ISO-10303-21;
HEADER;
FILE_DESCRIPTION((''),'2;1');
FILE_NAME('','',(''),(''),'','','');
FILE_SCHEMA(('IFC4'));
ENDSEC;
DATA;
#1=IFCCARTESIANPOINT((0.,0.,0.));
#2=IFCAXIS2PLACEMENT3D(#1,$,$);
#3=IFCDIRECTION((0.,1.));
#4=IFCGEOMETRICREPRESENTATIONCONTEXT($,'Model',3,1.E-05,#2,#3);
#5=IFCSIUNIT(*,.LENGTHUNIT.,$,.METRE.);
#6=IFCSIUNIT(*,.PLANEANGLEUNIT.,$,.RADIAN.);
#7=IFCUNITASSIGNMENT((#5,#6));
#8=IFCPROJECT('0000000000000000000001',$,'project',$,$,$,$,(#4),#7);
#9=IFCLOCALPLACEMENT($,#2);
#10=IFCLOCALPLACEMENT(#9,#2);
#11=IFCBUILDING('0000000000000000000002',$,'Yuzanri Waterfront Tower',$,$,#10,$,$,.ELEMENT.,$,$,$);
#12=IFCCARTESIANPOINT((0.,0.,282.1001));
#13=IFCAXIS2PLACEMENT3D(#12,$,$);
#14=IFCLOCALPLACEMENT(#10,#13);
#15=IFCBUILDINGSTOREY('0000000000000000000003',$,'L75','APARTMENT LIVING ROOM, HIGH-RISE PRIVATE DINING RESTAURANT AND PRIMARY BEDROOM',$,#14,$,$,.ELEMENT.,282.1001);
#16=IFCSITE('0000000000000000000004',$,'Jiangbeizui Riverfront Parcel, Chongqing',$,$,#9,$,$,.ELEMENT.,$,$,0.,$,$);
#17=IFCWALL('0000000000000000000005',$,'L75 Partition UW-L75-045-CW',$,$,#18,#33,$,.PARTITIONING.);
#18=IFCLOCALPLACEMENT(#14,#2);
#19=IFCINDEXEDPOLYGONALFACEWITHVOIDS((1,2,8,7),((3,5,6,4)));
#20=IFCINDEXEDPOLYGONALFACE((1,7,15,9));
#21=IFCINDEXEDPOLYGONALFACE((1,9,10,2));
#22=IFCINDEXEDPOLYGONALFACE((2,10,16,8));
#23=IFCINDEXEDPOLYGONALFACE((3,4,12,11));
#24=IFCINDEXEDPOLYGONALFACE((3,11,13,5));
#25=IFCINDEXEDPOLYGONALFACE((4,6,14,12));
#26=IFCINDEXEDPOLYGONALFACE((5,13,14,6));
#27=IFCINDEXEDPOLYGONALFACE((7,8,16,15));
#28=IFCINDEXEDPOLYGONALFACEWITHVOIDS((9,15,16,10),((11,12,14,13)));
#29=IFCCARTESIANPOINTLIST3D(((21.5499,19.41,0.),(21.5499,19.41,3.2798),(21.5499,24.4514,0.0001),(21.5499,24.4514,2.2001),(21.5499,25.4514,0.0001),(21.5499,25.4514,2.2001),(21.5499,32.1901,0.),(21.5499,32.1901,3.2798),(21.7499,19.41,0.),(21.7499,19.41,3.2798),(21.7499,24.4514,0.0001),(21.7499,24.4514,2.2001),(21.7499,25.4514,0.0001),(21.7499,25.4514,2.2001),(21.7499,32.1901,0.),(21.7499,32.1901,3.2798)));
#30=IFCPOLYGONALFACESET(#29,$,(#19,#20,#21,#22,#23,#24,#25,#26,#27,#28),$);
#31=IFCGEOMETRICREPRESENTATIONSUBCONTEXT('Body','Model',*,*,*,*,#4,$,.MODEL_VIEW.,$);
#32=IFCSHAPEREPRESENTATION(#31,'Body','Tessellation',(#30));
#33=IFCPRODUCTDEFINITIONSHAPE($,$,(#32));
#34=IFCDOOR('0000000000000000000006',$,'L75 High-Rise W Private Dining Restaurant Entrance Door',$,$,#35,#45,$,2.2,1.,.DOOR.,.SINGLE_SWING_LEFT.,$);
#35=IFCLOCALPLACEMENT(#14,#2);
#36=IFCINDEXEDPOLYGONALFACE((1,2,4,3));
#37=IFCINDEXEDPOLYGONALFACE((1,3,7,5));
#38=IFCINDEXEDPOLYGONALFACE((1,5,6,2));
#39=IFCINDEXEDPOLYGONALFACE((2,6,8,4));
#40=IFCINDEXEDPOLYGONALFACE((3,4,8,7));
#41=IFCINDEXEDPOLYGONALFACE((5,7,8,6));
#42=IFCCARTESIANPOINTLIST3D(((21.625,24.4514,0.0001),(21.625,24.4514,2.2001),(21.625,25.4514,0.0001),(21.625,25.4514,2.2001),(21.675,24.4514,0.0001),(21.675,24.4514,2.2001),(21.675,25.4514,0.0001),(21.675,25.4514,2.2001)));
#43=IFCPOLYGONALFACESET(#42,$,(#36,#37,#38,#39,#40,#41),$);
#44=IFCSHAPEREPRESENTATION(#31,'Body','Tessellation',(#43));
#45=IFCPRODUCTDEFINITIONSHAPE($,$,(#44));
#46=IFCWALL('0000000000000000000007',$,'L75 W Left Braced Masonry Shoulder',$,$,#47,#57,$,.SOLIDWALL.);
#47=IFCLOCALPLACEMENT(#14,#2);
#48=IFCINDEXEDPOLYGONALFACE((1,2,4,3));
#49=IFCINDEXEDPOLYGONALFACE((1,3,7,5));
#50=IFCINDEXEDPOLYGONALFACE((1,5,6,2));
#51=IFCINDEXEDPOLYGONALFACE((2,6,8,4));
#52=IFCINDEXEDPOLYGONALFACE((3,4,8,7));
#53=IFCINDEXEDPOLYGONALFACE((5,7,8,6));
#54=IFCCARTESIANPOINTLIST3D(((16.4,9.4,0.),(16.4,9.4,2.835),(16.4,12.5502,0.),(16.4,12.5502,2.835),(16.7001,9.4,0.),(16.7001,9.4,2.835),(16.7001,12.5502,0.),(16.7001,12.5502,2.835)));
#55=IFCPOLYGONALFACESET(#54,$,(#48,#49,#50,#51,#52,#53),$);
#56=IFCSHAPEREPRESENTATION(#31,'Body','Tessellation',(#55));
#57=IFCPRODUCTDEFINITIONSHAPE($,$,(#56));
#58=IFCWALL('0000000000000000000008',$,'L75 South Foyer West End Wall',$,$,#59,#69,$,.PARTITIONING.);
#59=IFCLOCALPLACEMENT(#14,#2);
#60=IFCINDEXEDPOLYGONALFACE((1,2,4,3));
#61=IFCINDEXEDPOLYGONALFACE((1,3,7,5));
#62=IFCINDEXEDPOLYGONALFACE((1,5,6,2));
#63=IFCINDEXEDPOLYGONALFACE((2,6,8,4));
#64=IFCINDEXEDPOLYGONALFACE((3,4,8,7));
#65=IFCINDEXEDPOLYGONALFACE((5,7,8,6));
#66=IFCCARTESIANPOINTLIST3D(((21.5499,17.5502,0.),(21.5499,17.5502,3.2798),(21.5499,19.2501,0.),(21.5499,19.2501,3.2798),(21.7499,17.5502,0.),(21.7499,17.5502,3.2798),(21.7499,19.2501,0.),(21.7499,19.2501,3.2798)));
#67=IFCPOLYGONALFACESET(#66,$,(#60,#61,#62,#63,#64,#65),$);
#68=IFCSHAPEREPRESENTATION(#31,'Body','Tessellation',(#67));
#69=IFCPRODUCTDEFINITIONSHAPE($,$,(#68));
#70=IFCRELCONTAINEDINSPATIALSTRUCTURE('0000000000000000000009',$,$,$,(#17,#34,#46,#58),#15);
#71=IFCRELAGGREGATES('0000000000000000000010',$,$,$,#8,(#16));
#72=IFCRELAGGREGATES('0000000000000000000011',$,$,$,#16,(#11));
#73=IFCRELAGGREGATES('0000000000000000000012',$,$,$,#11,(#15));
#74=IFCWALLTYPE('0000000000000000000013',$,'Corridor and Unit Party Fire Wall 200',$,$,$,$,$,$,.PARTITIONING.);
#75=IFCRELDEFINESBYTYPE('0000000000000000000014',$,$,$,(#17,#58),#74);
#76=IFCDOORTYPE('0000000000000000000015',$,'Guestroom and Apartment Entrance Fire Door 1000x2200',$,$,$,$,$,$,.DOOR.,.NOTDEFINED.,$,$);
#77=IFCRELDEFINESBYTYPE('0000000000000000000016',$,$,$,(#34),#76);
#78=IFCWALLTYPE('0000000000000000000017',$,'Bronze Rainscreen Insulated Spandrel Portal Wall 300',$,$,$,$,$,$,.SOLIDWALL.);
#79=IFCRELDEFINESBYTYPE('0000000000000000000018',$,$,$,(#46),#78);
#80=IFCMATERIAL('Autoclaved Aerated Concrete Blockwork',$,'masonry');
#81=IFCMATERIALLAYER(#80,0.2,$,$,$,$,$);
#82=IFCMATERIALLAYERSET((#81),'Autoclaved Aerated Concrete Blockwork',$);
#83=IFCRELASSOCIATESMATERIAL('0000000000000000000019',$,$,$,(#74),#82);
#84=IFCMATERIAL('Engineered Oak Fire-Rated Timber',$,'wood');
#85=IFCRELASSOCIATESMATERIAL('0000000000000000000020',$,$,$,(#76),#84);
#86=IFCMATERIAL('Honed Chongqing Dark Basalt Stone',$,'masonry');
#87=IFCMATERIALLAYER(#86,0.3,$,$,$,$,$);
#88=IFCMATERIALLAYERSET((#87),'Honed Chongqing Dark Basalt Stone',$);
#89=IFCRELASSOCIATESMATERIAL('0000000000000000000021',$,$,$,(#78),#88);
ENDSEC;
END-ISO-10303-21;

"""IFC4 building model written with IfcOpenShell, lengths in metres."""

from ifc_helpers import new_model, si_unit, direction, frame, frame_2d, origin, place, context, subcontext, project, spatial, rectangle, extrude, source, transform, mapped, material, layer, layer_set, type_object, element, fill, save


model = new_model("IFC4")

# Units and contexts
model_context = context("Model", 3, precision=1e-05, world=origin(), true_north=direction((0.0, 1.0)))
body_context = subcontext(model_context, "Body", "Model", "MODEL_VIEW")
ifc_project = project(units=[si_unit("LENGTHUNIT", "METRE"), si_unit("PLANEANGLEUNIT", "RADIAN")], contexts=[model_context])

# Site, building, storey
site_placement = place(None, origin())
site = spatial("IfcSite", under=ifc_project, at=site_placement, Name="Jiangbeizui Riverfront Parcel, Chongqing", CompositionType="ELEMENT", RefElevation=0.0)
building_placement = place(site_placement, origin())
building = spatial("IfcBuilding", under=site, at=building_placement, Name="Yuzanri Waterfront Tower", CompositionType="ELEMENT")
storey_placement = place(building_placement, frame((0.0, 0.0, 282.1001)))
storey = spatial("IfcBuildingStorey", under=building, at=storey_placement, Name="L75", Description="APARTMENT LIVING ROOM, HIGH-RISE PRIVATE DINING RESTAURANT AND PRIMARY BEDROOM", CompositionType="ELEMENT", Elevation=282.1001)

# Wall, opening, door
ifc_material_1 = material(Name="Autoclaved Aerated Concrete Blockwork", Category="masonry")
ifc_layer_1 = layer(ifc_material_1, 0.2)
ifc_layer_set_1 = layer_set([ifc_layer_1], Name="Autoclaved Aerated Concrete Blockwork")
wall_type_1 = type_object("IfcWallType", Name="Corridor and Unit Party Fire Wall 200", PredefinedType="PARTITIONING", material=ifc_layer_set_1)
ifc_material_2 = material(Name="Engineered Oak Fire-Rated Timber", Category="wood")
door_type_1 = type_object("IfcDoorType", Name="Guestroom and Apartment Entrance Fire Door 1000x2200", OperationType="NOTDEFINED", PredefinedType="DOOR", material=ifc_material_2)
shared_shape_1 = source(origin(), body_context, "Body", "SweptSolid", [
    extrude(rectangle(XDim=1.0, YDim=2.2, at=frame_2d((0.5, 1.1001))), frame((0.0, 0.0249, 0.0), z_axis=(0.0, -1.0, 0.0), x_axis=(1.0, 0.0, 0.0)), (0.0, 0.0, 1.0), 0.05),
])
wall_1_placement = place(storey_placement, frame((21.6499, 19.4099, 0.0), z_axis=(0.0, 0.0, 1.0), x_axis=(0.0, 1.0, 0.0)))
wall_1 = element("IfcWall", 1, at=wall_1_placement, inside=storey, type_object=wall_type_1, Name="L75 Partition UW-L75-045-CW", PredefinedType="PARTITIONING", context=body_context, shape_type="SweptSolid", body=[
    extrude(rectangle(XDim=12.78, YDim=0.2, at=frame_2d((6.3901, 0.0))), origin(), (0.0, 0.0, 1.0), 3.2798),
])
opening_1_placement = place(wall_1_placement, frame((5.0415, 0.0, 0.0)))
opening_1 = element("IfcOpeningElement", 2, at=opening_1_placement, cuts=wall_1, PredefinedType="OPENING", context=body_context, shape_type="SweptSolid", body=[
    extrude(rectangle(XDim=1.0, YDim=2.2, at=frame_2d((0.5, 1.1001))), frame((0.0, 0.1147, 0.0), z_axis=(0.0, -1.0, 0.0), x_axis=(1.0, 0.0, 0.0)), (0.0, 0.0, 1.0), 0.2297),
])
door_1_placement = place(opening_1_placement, origin())
door_1 = element("IfcDoor", 3, at=door_1_placement, inside=storey, type_object=door_type_1, Name="L75 High-Rise W Private Dining Restaurant Entrance Door", OperationType="SINGLE_SWING_LEFT", OverallHeight=2.2, OverallWidth=1.0, PredefinedType="DOOR", context=body_context, shape_type="MappedRepresentation", body=[
    mapped(shared_shape_1, transform((0.0, 0.0, 0.0), scale=1.0)),
])
fill(opening_1, door_1)

# Walls
ifc_material_3 = material(Name="Honed Chongqing Dark Basalt Stone", Category="masonry")
ifc_layer_2 = layer(ifc_material_3, 0.3)
ifc_layer_set_2 = layer_set([ifc_layer_2], Name="Honed Chongqing Dark Basalt Stone")
wall_type_2 = type_object("IfcWallType", Name="Bronze Rainscreen Insulated Spandrel Portal Wall 300", PredefinedType="SOLIDWALL", material=ifc_layer_set_2)
shared_shape_2 = source(origin(), body_context, "Body", "SweptSolid", [
    extrude(rectangle(XDim=3.1501, YDim=0.3, at=frame_2d((1.5752, 0.0))), origin(), (0.0, 0.0, 1.0), 2.835),
])
wall_2_placement = place(storey_placement, frame((16.55, 9.3999, 0.0), z_axis=(0.0, 0.0, 1.0), x_axis=(0.0, 1.0, 0.0)))
element("IfcWall", 4, at=wall_2_placement, inside=storey, type_object=wall_type_2, Name="L75 W Left Braced Masonry Shoulder", PredefinedType="SOLIDWALL", context=body_context, shape_type="MappedRepresentation", body=[
    mapped(shared_shape_2, transform((0.0, 0.0, 0.0), scale=1.0)),
])
shared_shape_3 = source(origin(), body_context, "Body", "SweptSolid", [
    extrude(rectangle(XDim=1.7, YDim=0.2, at=frame_2d((0.8501, 0.0))), origin(), (0.0, 0.0, 1.0), 3.2798),
])
wall_3_placement = place(storey_placement, frame((21.6499, 17.55, 0.0), z_axis=(0.0, 0.0, 1.0), x_axis=(0.0, 1.0, 0.0)))
element("IfcWall", 5, at=wall_3_placement, inside=storey, type_object=wall_type_1, Name="L75 South Foyer West End Wall", PredefinedType="PARTITIONING", context=body_context, shape_type="MappedRepresentation", body=[
    mapped(shared_shape_3, transform((0.0, 0.0, 0.0), scale=1.0)),
])

save(model, "model.ifc")
